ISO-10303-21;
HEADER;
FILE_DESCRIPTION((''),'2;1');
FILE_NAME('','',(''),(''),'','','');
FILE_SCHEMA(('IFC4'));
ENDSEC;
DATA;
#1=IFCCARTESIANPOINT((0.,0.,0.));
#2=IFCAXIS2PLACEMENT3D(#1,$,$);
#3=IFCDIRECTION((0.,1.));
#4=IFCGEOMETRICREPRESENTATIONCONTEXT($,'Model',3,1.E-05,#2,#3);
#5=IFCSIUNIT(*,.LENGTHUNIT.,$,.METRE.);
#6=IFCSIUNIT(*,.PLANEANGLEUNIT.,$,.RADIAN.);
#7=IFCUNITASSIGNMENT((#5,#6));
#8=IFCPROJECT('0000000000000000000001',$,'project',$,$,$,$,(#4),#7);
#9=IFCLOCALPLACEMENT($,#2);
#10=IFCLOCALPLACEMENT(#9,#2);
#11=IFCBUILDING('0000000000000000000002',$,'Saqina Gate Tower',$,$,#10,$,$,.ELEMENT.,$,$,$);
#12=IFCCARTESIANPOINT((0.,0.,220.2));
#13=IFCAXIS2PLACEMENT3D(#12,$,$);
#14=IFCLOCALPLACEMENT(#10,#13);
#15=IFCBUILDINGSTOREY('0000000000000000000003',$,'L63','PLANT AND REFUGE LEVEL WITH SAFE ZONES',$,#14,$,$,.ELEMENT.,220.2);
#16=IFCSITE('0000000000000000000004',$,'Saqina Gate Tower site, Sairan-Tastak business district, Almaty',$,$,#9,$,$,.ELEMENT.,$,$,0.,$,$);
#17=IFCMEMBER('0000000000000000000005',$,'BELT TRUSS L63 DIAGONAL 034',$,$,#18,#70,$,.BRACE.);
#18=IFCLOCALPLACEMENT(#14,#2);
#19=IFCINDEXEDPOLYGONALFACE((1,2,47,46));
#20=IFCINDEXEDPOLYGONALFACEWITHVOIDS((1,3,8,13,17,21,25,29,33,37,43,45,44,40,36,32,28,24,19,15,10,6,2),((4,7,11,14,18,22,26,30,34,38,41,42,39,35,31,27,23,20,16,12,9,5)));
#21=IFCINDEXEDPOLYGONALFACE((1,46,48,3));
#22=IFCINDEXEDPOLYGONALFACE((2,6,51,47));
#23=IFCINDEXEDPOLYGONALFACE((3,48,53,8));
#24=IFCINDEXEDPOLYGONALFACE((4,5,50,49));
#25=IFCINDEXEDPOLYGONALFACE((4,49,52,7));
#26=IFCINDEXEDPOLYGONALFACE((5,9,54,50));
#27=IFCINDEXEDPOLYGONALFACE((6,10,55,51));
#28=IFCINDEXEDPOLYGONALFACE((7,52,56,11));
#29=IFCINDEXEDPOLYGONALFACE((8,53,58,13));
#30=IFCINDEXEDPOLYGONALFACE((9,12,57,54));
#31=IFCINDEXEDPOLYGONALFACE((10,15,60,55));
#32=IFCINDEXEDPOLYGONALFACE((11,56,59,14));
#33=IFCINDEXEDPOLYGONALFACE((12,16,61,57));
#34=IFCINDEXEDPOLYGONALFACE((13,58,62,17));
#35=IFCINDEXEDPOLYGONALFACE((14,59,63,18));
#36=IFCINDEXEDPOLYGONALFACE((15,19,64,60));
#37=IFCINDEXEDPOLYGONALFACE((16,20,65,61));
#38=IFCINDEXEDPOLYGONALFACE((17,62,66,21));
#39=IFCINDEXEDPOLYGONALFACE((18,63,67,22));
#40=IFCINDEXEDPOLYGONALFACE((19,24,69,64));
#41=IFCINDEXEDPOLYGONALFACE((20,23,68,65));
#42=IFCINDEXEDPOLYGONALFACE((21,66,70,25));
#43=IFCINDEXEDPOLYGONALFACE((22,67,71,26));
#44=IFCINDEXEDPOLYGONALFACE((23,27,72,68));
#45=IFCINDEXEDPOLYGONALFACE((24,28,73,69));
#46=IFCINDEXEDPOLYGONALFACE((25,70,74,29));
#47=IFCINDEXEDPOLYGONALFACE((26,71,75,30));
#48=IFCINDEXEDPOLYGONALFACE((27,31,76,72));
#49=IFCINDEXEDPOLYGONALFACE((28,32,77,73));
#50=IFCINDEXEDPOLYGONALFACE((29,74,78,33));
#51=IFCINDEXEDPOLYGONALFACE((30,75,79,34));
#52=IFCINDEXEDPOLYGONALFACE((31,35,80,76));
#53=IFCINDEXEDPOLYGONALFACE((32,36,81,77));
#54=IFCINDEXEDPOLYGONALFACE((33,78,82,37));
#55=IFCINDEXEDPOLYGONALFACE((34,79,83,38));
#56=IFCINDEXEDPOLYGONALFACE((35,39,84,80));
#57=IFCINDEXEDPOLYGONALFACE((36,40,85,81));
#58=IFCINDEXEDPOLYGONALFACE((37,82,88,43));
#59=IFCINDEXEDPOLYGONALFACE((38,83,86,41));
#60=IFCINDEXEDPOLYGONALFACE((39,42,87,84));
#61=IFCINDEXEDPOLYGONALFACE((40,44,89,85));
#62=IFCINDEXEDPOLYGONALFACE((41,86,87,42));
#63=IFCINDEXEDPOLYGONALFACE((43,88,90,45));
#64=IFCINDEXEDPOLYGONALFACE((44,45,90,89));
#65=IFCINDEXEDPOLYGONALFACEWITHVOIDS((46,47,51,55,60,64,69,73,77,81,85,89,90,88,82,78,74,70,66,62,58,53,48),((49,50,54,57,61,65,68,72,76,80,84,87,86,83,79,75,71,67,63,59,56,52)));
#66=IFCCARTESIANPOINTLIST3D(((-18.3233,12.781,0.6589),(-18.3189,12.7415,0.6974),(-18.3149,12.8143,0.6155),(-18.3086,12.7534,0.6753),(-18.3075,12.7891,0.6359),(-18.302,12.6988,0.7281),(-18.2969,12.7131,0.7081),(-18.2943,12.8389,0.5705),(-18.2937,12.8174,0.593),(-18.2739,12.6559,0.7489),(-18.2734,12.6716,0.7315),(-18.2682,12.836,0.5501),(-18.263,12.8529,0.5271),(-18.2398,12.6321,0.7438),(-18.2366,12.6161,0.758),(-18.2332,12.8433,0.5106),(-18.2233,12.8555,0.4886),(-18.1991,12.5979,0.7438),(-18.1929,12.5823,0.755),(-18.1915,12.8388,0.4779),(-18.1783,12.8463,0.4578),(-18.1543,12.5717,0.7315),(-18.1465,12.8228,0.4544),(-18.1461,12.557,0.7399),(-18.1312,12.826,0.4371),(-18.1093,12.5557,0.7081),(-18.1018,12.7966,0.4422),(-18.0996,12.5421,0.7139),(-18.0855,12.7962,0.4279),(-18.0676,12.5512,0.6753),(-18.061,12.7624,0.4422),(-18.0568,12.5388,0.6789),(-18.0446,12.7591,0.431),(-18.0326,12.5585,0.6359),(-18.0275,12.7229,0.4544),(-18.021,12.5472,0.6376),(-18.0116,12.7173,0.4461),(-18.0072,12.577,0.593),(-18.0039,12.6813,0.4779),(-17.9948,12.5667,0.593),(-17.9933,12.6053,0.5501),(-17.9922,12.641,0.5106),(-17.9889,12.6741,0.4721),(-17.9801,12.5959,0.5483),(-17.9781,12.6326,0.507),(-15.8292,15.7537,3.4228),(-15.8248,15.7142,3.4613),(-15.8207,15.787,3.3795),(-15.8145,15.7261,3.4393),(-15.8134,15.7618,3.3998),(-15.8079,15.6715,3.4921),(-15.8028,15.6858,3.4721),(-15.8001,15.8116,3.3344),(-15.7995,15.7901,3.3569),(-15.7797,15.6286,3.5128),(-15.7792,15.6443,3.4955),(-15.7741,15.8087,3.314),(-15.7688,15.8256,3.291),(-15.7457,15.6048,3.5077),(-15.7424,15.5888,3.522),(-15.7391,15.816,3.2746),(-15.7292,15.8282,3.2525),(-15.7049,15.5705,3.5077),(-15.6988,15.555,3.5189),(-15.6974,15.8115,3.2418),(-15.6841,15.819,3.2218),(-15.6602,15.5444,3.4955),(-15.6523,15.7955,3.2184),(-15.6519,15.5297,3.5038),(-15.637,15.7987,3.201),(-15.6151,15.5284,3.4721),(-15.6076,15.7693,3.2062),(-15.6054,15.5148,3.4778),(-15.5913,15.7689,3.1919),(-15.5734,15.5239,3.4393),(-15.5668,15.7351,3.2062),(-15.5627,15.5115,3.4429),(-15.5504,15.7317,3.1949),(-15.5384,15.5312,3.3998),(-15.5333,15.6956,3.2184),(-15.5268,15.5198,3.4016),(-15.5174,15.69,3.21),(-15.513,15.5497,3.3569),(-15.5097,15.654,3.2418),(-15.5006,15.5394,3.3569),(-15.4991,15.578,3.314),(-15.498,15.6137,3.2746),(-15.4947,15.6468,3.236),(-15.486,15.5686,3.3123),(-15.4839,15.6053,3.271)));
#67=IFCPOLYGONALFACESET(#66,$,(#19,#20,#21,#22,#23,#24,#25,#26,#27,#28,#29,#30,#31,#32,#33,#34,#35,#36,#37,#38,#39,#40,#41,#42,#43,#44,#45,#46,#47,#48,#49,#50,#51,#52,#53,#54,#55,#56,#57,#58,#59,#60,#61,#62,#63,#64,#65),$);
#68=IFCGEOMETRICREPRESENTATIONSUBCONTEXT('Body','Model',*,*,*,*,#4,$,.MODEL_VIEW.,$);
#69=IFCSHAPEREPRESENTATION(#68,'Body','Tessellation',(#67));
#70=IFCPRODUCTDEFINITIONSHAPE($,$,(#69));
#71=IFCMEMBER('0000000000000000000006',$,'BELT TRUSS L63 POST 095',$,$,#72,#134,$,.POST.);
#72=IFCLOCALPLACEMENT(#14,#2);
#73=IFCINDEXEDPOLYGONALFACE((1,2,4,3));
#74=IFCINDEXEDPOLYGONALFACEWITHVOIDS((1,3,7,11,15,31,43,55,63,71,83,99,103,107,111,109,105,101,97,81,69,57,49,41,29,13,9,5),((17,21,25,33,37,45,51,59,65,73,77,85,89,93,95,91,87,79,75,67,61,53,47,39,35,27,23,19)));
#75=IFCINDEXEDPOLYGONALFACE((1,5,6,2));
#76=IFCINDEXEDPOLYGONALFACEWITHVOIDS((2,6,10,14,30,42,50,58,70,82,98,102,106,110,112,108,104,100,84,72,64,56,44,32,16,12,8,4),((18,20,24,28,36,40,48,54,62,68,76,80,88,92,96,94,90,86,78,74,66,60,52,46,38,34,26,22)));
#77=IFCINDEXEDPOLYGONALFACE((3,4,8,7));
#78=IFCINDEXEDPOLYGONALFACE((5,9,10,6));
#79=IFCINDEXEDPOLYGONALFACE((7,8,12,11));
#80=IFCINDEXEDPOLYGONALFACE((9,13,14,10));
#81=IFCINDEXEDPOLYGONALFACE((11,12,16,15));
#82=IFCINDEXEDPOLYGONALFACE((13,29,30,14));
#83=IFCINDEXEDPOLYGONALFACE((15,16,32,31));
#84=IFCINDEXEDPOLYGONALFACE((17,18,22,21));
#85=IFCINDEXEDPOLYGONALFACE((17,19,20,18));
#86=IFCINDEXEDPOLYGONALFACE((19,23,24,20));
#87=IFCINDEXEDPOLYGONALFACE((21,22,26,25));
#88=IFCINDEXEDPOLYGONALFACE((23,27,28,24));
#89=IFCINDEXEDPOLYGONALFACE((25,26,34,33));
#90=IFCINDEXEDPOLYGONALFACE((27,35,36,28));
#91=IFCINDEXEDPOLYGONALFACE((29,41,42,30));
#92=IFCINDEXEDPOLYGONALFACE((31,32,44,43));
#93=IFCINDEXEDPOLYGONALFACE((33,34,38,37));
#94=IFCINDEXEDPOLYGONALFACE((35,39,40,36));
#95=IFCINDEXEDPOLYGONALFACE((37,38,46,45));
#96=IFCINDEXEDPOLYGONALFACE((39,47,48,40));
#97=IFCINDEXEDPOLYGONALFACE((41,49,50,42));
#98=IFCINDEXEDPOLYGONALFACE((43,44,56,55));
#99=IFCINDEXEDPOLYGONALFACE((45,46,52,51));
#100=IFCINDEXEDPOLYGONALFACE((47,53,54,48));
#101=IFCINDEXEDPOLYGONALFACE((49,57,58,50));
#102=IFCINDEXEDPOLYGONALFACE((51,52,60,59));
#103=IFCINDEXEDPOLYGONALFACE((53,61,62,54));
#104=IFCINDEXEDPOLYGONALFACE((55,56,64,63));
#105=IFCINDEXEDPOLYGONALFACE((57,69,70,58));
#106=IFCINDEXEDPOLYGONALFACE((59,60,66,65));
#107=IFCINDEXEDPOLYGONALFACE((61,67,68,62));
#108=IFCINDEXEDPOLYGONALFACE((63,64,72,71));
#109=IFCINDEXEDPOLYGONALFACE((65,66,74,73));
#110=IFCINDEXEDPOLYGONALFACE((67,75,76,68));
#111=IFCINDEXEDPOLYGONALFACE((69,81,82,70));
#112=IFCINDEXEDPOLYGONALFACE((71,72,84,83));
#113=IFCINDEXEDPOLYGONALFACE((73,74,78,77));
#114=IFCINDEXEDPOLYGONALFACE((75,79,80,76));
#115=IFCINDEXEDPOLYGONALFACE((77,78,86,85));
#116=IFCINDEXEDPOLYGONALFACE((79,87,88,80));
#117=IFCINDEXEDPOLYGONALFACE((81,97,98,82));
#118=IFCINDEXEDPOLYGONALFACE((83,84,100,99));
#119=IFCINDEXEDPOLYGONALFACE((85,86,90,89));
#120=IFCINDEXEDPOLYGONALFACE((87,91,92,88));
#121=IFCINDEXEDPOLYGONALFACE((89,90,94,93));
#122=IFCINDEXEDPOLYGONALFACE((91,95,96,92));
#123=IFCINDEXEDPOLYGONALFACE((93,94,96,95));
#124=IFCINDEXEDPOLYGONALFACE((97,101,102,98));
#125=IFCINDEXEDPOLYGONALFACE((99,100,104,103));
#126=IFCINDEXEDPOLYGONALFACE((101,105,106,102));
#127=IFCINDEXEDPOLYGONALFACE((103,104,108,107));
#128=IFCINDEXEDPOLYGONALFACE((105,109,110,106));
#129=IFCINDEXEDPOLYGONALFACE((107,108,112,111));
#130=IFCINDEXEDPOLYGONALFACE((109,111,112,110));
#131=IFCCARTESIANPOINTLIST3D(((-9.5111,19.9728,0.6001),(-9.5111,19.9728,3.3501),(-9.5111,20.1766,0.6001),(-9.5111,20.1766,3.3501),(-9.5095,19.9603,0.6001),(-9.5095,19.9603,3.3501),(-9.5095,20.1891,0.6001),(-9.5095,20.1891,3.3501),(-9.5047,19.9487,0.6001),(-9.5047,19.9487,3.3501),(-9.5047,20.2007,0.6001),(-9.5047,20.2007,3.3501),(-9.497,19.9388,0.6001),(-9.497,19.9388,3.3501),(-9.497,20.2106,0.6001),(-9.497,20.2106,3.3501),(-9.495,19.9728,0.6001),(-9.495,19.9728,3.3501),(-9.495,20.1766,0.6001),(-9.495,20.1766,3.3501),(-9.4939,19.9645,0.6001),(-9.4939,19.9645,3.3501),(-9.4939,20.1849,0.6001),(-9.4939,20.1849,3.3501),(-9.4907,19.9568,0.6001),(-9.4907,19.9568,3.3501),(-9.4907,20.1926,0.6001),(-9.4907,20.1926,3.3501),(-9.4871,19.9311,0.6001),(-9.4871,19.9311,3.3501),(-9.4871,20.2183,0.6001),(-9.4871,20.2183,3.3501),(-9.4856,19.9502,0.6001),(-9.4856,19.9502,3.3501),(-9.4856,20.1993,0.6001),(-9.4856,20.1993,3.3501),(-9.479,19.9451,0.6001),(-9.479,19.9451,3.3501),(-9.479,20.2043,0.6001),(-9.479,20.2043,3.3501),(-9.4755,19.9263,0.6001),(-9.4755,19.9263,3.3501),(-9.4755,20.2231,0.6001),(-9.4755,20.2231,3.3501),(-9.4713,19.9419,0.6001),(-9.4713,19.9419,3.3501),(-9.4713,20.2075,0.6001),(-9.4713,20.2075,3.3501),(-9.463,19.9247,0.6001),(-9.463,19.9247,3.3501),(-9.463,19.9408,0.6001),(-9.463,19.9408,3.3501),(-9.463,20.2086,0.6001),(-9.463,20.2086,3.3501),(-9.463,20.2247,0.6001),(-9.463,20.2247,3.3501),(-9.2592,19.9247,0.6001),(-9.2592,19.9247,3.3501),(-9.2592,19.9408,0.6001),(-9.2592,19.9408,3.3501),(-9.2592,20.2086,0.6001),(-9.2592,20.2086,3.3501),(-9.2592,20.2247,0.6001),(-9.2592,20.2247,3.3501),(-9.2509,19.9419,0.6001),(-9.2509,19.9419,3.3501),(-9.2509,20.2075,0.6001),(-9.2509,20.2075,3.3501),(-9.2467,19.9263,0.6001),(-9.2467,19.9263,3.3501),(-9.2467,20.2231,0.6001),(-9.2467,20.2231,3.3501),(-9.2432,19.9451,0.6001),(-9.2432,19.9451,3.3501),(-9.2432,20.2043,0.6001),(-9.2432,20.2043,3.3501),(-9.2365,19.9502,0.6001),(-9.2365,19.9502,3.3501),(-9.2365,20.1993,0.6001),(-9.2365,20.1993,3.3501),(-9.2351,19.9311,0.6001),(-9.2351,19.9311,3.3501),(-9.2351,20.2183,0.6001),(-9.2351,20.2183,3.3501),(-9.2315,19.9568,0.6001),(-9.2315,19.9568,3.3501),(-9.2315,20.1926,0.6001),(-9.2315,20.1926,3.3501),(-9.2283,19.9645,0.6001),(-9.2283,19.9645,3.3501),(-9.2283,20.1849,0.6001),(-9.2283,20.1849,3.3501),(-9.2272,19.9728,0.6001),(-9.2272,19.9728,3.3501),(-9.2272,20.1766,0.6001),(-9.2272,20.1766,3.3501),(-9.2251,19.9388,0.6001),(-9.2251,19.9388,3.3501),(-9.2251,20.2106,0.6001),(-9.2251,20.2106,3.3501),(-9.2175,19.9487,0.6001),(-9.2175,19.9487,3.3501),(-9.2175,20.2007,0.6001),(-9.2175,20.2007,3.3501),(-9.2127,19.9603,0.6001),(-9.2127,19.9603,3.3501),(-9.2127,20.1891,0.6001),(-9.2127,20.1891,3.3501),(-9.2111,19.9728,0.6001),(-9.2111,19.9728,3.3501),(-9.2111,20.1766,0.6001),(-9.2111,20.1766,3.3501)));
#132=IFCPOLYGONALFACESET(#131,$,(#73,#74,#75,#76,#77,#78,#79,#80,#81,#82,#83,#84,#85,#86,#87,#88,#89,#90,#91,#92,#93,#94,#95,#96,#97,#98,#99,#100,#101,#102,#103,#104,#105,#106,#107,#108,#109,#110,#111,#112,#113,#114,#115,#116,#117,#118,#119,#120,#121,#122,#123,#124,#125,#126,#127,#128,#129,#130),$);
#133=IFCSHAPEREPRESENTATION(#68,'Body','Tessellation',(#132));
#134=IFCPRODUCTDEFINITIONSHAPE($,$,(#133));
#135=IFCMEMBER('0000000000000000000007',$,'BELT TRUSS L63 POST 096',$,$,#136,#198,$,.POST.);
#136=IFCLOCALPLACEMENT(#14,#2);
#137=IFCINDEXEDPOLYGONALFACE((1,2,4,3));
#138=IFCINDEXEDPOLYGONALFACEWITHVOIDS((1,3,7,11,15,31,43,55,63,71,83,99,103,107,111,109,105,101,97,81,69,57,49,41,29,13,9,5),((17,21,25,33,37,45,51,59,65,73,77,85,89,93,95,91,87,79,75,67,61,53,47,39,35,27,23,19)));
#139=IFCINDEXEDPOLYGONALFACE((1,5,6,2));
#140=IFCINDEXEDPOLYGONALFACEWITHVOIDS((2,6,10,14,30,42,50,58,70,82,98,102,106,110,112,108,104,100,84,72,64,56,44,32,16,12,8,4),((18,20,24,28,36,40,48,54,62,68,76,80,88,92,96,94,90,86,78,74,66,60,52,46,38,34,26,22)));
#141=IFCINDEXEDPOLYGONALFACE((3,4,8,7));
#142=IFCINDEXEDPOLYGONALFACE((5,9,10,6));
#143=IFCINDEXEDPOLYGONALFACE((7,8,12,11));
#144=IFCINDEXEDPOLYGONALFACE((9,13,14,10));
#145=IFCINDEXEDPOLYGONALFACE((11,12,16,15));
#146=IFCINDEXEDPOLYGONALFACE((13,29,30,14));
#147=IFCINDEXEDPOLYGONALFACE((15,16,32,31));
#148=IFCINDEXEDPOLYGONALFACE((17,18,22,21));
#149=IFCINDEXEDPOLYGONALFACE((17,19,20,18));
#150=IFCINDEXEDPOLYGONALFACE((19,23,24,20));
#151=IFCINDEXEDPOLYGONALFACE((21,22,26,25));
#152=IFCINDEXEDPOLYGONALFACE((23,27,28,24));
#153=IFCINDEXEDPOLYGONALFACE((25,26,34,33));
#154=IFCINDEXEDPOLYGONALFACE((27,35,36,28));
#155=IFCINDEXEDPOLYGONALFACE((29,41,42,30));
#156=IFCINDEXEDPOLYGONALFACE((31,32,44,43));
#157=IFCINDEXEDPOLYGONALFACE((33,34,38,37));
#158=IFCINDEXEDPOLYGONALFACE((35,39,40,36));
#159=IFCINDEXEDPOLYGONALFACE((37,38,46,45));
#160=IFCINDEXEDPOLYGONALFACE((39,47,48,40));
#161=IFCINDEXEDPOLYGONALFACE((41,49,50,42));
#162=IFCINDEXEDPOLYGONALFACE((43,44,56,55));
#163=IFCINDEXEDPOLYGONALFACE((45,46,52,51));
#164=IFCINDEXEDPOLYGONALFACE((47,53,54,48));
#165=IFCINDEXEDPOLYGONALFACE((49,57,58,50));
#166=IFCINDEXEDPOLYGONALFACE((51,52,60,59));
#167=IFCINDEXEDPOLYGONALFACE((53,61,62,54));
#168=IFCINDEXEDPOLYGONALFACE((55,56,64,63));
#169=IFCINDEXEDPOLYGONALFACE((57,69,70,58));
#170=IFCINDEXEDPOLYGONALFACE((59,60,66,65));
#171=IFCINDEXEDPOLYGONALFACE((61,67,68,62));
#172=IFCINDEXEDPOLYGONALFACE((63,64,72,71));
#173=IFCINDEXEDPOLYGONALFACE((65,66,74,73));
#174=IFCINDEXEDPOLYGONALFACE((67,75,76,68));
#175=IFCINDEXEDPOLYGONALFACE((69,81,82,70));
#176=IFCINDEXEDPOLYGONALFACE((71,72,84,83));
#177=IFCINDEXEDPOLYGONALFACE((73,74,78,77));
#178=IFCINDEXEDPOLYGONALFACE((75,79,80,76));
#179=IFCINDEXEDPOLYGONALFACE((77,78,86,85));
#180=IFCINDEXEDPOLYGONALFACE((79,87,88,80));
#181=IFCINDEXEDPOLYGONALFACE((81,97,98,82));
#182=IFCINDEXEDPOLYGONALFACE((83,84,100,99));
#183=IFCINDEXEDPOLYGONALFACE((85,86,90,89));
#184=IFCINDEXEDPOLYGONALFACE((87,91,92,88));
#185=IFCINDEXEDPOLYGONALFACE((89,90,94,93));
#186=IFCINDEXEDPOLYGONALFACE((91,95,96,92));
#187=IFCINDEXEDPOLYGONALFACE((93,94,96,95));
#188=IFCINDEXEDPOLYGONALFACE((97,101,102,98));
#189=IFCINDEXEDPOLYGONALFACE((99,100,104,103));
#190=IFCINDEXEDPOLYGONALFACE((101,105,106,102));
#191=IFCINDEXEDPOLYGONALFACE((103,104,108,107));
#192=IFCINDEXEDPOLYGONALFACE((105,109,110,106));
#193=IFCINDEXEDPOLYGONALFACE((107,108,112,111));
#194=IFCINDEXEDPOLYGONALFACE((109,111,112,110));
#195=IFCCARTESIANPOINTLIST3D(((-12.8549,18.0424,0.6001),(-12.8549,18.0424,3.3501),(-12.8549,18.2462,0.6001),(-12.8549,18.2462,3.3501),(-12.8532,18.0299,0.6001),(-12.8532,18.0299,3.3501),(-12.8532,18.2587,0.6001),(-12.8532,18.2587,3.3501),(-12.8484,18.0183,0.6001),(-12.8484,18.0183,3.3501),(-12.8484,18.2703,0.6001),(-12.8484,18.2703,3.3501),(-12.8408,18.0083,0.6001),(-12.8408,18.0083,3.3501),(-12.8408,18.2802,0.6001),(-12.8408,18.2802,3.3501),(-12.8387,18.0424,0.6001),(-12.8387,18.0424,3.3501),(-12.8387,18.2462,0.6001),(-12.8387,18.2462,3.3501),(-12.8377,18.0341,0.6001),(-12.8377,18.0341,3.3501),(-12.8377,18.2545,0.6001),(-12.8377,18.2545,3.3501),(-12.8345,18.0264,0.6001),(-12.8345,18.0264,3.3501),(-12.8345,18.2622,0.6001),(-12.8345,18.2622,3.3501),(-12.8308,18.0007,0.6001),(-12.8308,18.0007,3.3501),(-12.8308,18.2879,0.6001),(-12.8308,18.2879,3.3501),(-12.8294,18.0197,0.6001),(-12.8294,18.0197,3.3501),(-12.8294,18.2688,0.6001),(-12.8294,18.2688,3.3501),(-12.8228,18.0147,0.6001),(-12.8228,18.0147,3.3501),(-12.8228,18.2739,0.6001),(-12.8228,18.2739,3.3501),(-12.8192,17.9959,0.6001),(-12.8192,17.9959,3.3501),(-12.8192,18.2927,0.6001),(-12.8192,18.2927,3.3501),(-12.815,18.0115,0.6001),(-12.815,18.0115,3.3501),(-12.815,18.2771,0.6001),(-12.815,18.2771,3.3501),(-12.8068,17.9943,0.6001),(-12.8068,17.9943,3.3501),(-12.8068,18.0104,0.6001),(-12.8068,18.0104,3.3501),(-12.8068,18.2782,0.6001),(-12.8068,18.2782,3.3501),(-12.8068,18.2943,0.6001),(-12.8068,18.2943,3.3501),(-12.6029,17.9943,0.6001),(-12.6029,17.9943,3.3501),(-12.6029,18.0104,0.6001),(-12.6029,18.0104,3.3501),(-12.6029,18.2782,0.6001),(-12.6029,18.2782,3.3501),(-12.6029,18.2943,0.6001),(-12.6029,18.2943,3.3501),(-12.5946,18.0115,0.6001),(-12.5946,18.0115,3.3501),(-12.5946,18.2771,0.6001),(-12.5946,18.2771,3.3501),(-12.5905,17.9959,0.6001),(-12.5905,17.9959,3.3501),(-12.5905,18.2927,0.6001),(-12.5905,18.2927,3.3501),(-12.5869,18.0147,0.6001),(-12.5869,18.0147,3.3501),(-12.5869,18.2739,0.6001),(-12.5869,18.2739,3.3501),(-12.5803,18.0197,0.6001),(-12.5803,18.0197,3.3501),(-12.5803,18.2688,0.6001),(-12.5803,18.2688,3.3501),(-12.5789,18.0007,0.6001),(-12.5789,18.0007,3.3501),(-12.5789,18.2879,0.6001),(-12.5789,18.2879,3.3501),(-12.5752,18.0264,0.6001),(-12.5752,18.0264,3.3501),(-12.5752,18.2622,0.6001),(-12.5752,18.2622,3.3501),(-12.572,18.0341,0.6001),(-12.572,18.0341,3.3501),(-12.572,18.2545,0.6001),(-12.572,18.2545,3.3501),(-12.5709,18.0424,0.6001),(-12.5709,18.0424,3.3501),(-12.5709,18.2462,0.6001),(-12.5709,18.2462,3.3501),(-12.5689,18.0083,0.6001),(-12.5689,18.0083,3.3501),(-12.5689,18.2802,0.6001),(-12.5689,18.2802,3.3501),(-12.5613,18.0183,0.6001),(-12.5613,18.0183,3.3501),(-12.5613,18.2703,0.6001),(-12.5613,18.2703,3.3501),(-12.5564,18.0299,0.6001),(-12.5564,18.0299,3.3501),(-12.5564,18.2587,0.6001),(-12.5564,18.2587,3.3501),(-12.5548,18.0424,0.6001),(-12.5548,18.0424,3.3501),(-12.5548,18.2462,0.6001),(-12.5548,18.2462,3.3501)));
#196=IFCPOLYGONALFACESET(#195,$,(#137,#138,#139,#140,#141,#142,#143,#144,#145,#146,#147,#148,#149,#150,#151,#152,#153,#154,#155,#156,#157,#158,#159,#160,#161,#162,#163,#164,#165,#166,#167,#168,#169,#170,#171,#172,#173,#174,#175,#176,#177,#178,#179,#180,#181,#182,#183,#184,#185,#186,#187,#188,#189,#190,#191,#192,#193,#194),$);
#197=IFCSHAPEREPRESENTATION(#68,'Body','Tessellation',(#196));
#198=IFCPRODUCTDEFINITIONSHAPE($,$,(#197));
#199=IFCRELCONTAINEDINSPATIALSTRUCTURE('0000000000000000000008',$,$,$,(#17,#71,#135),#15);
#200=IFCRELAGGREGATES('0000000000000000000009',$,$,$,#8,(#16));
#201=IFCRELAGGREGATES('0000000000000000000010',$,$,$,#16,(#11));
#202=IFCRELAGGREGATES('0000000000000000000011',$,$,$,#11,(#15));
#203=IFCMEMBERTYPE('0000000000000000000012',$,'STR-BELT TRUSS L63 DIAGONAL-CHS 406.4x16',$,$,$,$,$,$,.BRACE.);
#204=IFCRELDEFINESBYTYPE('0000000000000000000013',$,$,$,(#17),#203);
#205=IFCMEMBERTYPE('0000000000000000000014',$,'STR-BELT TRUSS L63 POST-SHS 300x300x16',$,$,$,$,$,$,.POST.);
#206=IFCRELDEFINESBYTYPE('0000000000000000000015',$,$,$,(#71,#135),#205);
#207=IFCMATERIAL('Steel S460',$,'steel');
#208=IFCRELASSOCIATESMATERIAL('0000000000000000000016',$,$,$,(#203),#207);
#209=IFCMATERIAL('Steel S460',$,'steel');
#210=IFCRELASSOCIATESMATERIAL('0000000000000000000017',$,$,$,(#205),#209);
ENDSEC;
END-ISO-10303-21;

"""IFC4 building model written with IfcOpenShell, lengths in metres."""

from ifc_helpers import new_model, si_unit, direction, frame, origin, origin_2d, place, context, subcontext, project, spatial, hollow_rectangle, hollow_circle, extrude, material, material_profile, profile_set, type_object, element, save


model = new_model("IFC4")

# Units and contexts
model_context = context("Model", 3, precision=1e-05, world=origin(), true_north=direction((0.0, 1.0)))
body_context = subcontext(model_context, "Body", "Model", "MODEL_VIEW")
ifc_project = project(units=[si_unit("LENGTHUNIT", "METRE"), si_unit("PLANEANGLEUNIT", "RADIAN")], contexts=[model_context])

# Site, building, storey
site_placement = place(None, origin())
site = spatial("IfcSite", under=ifc_project, at=site_placement, Name="Saqina Gate Tower site, Sairan-Tastak business district, Almaty", CompositionType="ELEMENT", RefElevation=0.0)
building_placement = place(site_placement, origin())
building = spatial("IfcBuilding", under=site, at=building_placement, Name="Saqina Gate Tower", CompositionType="ELEMENT")
storey_placement = place(building_placement, frame((0.0, 0.0, 220.2)))
storey = spatial("IfcBuildingStorey", under=building, at=storey_placement, Name="L63", Description="PLANT AND REFUGE LEVEL WITH SAFE ZONES", CompositionType="ELEMENT", Elevation=220.2)

# Members
ifc_material_1 = material(Name="Steel S460", Category="steel")
ifc_material_profile_1 = material_profile(ifc_material_1, hollow_circle(Radius=0.2031, WallThickness=0.0161, at=origin_2d()), Name="CHS 406.4x16")
ifc_profile_set_1 = profile_set([ifc_material_profile_1], Name="Steel S460")
member_type_1 = type_object("IfcMemberType", Name="STR-BELT TRUSS L63 DIAGONAL-CHS 406.4x16", PredefinedType="BRACE", material=ifc_profile_set_1)
for number, where, z_axis, x_axis, name in (
    (1, (-15.6562, 15.6699, 3.3569), (-0.523528, -0.62397, -0.580155), (0.766072, -0.642755, 0.0), "BELT TRUSS L63 DIAGONAL 034"),
):
    element("IfcMember", number, at=place(storey_placement, frame(where, z_axis=z_axis, x_axis=x_axis)), inside=storey, type_object=member_type_1, Name=name, PredefinedType="BRACE", context=body_context, shape_type="SweptSolid", body=[
        extrude(hollow_circle(Radius=0.2031, WallThickness=0.0161, at=origin_2d()), origin(), (0.0, 0.0, 1.0), 4.7642),
    ])
ifc_material_2 = material(Name="Steel S460", Category="steel")
ifc_material_profile_2 = material_profile(ifc_material_2, hollow_rectangle(XDim=0.3, YDim=0.3, WallThickness=0.0161, InnerFilletRadius=0.032, OuterFilletRadius=0.0481, at=origin_2d()), Name="SHS 300x300x16")
ifc_profile_set_2 = profile_set([ifc_material_profile_2], Name="Steel S460")
member_type_2 = type_object("IfcMemberType", Name="STR-BELT TRUSS L63 POST-SHS 300x300x16", PredefinedType="POST", material=ifc_profile_set_2)
for number, where, z_axis, x_axis, name in (
    (2, (-9.3611, 20.0747, 0.6001), (0.0, 0.0, 1.0), (1.0, 0.0, 0.0), "BELT TRUSS L63 POST 095"),
    (3, (-12.7048, 18.1443, 0.6001), (0.0, 0.0, 1.0), (1.0, 0.0, 0.0), "BELT TRUSS L63 POST 096"),
):
    element("IfcMember", number, at=place(storey_placement, frame(where, z_axis=z_axis, x_axis=x_axis)), inside=storey, type_object=member_type_2, Name=name, PredefinedType="POST", context=body_context, shape_type="SweptSolid", body=[
        extrude(hollow_rectangle(XDim=0.3, YDim=0.3, WallThickness=0.0161, InnerFilletRadius=0.032, OuterFilletRadius=0.0481, at=origin_2d()), origin(), (0.0, 0.0, 1.0), 2.75),
    ])

save(model, "model.ifc")
